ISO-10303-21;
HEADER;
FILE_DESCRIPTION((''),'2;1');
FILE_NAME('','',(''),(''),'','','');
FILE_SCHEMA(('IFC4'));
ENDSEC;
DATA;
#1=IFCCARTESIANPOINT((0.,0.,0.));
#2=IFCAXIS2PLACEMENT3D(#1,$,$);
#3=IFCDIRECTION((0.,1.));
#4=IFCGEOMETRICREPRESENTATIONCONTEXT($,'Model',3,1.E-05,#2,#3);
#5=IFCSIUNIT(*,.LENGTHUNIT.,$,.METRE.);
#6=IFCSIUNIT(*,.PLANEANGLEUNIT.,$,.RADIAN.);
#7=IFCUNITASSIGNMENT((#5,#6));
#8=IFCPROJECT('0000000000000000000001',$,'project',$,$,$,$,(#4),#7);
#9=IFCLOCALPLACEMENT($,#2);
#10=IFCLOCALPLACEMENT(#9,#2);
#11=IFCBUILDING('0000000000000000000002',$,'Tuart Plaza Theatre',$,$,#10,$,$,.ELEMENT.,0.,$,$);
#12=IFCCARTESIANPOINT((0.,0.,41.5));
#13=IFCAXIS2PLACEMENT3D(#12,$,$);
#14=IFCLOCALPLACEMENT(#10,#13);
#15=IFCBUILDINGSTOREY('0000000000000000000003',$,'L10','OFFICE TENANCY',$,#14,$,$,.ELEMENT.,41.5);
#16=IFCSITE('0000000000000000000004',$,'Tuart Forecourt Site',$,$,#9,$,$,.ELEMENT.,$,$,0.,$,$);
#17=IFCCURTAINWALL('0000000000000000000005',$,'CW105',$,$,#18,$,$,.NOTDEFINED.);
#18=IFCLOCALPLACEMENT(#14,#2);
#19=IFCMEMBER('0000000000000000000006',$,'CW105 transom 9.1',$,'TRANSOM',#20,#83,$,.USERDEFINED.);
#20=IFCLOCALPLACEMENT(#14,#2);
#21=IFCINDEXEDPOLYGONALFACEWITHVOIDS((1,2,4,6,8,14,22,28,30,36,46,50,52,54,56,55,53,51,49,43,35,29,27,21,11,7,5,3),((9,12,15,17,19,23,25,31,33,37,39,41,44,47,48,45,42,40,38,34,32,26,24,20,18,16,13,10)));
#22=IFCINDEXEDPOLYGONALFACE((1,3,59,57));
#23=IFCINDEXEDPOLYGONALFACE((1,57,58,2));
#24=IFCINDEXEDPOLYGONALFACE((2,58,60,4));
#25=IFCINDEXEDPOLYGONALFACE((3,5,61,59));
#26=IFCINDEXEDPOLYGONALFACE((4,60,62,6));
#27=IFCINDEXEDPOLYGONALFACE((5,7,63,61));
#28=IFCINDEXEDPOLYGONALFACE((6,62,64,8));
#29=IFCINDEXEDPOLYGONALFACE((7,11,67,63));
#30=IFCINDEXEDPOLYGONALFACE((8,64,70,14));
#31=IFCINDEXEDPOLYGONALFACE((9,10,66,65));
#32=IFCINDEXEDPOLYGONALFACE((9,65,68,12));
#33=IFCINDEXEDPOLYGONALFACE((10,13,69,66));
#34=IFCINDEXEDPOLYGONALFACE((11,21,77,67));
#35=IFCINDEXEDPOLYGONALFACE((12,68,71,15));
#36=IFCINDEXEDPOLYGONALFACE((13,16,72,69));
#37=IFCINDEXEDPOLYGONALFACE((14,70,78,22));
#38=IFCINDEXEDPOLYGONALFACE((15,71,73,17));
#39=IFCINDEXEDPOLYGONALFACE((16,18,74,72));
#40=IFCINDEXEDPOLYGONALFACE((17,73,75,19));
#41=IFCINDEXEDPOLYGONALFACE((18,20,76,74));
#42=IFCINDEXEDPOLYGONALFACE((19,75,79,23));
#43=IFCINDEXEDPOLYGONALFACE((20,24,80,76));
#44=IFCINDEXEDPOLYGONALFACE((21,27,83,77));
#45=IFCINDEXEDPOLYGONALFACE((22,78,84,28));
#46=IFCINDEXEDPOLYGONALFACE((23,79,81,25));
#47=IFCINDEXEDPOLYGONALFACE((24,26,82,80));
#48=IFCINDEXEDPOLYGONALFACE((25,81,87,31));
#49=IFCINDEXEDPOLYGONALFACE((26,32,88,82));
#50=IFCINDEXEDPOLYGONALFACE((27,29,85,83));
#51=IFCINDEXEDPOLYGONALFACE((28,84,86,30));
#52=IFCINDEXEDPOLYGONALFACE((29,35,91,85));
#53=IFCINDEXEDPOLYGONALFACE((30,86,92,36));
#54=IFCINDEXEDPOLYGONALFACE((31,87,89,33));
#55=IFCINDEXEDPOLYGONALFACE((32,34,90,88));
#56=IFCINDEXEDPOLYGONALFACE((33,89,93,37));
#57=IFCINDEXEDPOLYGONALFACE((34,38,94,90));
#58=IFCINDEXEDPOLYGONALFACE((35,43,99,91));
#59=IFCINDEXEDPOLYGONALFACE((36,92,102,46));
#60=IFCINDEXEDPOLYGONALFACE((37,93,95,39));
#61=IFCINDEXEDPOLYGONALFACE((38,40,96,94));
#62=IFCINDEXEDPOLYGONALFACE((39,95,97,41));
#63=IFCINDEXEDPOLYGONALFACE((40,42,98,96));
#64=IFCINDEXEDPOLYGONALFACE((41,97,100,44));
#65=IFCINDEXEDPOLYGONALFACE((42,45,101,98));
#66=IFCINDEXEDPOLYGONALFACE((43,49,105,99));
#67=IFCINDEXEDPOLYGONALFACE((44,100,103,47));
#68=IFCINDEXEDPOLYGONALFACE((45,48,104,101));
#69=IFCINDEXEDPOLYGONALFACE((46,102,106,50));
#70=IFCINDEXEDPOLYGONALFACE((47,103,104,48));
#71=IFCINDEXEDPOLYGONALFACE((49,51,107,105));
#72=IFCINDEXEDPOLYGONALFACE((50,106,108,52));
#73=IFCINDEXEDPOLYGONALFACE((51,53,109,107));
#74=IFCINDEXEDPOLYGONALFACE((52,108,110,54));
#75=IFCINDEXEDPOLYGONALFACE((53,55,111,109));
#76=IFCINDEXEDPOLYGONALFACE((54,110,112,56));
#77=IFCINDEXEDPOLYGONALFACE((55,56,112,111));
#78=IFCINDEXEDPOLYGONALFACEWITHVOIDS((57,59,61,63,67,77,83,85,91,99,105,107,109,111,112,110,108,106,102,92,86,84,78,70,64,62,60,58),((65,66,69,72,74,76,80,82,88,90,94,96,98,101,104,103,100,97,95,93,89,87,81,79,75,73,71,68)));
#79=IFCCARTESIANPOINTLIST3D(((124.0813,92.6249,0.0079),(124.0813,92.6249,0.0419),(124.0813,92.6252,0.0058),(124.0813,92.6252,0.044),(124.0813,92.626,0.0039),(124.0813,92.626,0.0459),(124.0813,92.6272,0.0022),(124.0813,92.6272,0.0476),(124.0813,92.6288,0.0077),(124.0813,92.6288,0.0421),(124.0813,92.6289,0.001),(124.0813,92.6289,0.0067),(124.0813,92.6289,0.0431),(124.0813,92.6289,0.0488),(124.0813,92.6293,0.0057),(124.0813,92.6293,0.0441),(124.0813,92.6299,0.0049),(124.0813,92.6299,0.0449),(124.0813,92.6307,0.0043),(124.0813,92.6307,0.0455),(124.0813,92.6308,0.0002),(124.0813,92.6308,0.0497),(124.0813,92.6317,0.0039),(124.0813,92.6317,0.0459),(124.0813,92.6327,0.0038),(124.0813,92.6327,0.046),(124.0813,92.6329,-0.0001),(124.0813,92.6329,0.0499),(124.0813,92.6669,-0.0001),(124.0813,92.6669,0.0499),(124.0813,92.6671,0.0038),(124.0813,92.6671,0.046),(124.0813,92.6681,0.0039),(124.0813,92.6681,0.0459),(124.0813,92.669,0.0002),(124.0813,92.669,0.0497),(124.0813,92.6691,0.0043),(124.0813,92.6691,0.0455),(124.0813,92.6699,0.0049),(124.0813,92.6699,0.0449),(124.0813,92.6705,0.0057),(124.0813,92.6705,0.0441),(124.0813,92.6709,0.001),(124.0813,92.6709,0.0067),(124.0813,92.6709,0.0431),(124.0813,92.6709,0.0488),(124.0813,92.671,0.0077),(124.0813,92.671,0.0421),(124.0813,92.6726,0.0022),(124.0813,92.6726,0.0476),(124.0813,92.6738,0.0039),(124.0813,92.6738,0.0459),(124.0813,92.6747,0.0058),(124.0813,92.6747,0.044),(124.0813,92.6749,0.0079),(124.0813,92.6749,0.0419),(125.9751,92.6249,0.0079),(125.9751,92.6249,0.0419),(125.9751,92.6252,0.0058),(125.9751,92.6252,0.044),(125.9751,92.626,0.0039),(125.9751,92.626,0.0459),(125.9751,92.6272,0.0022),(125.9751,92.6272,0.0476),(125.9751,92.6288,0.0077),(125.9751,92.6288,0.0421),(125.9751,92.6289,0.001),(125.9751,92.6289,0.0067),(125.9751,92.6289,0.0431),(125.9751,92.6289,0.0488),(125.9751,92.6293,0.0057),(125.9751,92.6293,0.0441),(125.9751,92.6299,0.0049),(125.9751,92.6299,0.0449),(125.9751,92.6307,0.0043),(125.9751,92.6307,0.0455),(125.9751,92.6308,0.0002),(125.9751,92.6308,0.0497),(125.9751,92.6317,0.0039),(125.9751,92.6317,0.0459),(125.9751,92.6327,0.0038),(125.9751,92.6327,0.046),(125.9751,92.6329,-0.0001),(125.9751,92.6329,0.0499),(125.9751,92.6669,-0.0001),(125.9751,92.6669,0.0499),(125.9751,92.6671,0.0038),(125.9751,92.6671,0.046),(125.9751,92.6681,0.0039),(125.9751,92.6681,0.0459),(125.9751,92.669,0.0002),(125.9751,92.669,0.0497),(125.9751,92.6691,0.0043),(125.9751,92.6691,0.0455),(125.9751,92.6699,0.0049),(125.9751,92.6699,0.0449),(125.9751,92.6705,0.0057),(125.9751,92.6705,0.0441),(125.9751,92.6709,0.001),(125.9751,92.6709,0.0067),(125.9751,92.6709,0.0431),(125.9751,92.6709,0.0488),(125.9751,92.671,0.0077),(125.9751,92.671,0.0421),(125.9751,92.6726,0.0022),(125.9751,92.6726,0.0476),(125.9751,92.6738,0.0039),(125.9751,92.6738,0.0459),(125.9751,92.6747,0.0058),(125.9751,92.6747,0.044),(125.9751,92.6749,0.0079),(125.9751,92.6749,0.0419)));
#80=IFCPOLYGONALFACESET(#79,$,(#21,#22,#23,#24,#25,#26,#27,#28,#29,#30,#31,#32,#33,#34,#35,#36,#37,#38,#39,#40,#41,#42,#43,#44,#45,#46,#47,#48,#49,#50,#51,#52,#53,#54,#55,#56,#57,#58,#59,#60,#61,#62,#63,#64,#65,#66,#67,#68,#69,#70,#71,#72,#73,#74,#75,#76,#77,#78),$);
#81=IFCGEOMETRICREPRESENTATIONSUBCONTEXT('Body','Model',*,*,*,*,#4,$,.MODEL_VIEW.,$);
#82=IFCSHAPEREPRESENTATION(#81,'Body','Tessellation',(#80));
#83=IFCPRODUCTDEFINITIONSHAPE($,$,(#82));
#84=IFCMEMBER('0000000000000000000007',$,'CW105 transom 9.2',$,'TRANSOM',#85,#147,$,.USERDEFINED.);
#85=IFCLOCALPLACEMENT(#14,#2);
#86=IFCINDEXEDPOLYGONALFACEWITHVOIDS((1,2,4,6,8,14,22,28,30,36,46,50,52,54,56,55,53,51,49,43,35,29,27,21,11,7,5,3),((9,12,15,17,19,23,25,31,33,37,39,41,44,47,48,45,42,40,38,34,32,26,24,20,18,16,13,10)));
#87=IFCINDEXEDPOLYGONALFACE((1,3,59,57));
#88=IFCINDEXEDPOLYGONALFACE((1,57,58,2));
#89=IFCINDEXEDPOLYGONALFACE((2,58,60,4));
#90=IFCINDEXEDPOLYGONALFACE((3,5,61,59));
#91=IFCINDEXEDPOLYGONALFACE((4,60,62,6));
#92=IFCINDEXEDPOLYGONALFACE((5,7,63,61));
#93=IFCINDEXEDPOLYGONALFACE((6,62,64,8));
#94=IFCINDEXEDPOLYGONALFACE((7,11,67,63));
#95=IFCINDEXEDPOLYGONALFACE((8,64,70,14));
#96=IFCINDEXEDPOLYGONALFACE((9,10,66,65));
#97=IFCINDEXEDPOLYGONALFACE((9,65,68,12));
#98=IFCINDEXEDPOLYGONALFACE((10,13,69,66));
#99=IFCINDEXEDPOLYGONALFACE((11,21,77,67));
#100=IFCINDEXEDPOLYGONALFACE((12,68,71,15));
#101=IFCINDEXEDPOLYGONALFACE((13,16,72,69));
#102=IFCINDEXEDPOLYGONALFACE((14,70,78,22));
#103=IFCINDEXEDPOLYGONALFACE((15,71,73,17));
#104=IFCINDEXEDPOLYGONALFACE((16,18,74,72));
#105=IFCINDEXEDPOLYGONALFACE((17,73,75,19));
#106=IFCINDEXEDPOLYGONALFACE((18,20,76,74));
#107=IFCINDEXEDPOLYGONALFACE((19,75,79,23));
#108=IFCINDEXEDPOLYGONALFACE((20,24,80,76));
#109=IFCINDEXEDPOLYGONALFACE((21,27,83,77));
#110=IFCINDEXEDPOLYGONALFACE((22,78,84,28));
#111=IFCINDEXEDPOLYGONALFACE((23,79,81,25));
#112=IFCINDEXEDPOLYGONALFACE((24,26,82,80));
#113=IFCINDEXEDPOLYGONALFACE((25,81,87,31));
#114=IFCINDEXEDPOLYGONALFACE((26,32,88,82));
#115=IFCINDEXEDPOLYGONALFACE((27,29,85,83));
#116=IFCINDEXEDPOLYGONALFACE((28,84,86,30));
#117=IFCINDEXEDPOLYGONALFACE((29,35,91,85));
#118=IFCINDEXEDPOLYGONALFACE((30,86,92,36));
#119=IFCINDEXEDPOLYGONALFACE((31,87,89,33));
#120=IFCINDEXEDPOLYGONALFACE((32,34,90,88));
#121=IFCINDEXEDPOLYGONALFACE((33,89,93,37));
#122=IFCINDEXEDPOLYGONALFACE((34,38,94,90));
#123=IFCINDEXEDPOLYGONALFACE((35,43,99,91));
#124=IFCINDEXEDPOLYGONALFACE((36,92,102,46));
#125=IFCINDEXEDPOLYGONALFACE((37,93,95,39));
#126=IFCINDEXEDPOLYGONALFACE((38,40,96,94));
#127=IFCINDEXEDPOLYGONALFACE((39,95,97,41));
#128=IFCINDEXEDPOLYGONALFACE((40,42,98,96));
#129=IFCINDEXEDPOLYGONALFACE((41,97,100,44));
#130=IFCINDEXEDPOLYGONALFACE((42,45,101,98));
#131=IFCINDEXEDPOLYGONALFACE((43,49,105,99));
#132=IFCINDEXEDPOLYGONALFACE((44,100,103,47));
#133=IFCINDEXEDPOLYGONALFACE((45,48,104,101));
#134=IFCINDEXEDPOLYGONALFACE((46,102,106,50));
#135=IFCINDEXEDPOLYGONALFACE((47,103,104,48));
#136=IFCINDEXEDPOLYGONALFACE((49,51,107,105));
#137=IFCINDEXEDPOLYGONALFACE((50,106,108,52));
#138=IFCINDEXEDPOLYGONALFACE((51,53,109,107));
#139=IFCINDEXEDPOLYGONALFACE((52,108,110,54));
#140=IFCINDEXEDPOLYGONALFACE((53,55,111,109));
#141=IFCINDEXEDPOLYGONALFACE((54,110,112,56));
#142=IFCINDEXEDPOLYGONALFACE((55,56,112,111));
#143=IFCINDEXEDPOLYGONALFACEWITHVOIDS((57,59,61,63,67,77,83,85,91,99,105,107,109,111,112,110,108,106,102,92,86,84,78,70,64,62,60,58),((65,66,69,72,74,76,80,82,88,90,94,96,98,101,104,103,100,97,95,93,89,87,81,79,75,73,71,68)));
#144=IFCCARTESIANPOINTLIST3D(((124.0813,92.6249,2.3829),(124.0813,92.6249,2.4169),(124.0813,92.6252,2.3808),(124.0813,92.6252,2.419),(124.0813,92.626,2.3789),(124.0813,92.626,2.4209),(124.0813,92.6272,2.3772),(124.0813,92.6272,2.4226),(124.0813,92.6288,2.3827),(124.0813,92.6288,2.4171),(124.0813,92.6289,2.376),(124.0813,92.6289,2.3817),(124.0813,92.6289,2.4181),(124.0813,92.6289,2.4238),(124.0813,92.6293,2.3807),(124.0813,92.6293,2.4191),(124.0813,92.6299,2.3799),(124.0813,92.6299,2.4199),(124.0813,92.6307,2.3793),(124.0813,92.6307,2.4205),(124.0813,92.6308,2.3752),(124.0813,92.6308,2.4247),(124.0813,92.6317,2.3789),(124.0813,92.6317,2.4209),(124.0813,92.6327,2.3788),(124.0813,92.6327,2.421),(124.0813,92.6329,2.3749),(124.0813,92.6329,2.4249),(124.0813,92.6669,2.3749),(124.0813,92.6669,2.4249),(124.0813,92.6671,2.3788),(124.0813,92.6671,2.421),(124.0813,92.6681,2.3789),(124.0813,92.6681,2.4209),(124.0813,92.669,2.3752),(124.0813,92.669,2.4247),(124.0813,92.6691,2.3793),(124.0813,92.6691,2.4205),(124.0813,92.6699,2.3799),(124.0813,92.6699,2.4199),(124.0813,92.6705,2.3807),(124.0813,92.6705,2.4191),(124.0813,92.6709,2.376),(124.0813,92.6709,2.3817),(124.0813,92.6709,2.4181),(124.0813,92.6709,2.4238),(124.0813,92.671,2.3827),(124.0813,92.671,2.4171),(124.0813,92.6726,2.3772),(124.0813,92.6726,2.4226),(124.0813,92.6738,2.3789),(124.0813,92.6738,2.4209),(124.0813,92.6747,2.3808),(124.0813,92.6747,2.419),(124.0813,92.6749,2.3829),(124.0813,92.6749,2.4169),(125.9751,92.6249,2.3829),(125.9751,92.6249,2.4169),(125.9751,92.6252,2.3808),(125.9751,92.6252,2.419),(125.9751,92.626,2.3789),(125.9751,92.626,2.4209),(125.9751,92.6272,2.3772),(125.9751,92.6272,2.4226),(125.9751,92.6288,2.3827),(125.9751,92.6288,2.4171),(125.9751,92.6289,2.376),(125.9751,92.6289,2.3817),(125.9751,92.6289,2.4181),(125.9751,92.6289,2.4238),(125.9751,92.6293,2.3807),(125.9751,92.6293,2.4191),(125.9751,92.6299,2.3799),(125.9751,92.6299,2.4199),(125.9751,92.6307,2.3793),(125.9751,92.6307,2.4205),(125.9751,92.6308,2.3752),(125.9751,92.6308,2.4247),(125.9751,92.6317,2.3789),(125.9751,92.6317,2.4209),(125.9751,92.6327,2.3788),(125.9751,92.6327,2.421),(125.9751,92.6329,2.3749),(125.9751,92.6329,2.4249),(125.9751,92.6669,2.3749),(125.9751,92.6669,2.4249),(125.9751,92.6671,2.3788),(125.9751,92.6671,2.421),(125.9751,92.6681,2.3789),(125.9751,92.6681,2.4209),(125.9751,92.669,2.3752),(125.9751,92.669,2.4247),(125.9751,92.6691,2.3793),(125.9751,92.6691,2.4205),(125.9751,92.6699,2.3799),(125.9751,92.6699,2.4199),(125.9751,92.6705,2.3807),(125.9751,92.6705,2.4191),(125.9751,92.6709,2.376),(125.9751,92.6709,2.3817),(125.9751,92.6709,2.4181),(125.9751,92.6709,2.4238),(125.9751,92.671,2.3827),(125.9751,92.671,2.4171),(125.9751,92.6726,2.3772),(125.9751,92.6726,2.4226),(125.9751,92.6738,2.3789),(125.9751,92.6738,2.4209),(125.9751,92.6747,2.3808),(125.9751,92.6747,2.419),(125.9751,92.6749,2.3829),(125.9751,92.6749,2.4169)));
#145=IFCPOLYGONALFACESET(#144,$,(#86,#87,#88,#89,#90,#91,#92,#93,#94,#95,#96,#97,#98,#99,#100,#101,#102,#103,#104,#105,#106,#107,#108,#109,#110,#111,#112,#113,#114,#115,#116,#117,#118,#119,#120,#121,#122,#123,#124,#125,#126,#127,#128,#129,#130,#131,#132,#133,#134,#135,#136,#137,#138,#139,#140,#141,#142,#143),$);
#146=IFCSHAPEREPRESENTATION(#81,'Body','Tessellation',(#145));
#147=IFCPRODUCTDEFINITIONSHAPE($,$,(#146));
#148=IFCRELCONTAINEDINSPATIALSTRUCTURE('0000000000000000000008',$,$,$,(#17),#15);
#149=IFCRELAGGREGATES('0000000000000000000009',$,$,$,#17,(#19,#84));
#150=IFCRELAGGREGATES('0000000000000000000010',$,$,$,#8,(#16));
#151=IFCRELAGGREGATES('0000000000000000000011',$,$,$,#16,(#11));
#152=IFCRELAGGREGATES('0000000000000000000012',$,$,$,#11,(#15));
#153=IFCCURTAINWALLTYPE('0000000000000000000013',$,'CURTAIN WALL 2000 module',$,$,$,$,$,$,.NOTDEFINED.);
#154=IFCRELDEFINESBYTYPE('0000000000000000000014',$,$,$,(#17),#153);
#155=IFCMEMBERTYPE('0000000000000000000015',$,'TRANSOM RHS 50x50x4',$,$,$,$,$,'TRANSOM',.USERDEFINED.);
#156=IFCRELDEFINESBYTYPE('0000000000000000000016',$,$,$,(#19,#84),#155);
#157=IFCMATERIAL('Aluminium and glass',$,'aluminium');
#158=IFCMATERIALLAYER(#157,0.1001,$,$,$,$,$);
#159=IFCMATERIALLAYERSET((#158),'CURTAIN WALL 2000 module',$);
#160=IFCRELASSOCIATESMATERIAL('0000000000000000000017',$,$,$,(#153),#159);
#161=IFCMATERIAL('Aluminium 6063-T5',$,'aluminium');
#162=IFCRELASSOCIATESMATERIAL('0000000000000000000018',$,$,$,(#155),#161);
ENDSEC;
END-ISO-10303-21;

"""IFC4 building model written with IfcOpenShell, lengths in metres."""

from ifc_helpers import new_model, si_unit, direction, frame, origin, origin_2d, place, context, subcontext, project, spatial, hollow_rectangle, extrude, material, layer, layer_set, material_profile, profile_set, type_object, element, aggregate, save


model = new_model("IFC4")

# Units and contexts
model_context = context("Model", 3, precision=1e-05, world=origin(), true_north=direction((0.0, 1.0)))
body_context = subcontext(model_context, "Body", "Model", "MODEL_VIEW")
ifc_project = project(units=[si_unit("LENGTHUNIT", "METRE"), si_unit("PLANEANGLEUNIT", "RADIAN")], contexts=[model_context])

# Site, building, storey
site_placement = place(None, origin())
site = spatial("IfcSite", under=ifc_project, at=site_placement, Name="Tuart Forecourt Site", CompositionType="ELEMENT", RefElevation=0.0)
building_placement = place(site_placement, origin())
building = spatial("IfcBuilding", under=site, at=building_placement, Name="Tuart Plaza Theatre", CompositionType="ELEMENT", ElevationOfRefHeight=0.0)
storey_placement = place(building_placement, frame((0.0, 0.0, 41.5)))
storey = spatial("IfcBuildingStorey", under=building, at=storey_placement, Name="L10", Description="OFFICE TENANCY", CompositionType="ELEMENT", Elevation=41.5)

# Curtain wall, members
ifc_material_1 = material(Name="Aluminium and glass", Category="aluminium")
ifc_layer_1 = layer(ifc_material_1, 0.1001)
ifc_layer_set_1 = layer_set([ifc_layer_1], Name="CURTAIN WALL 2000 module")
curtain_wall_type = type_object("IfcCurtainWallType", Name="CURTAIN WALL 2000 module", PredefinedType="NOTDEFINED", material=ifc_layer_set_1)
curtain_wall_placement = place(storey_placement, origin())
curtain_wall = element("IfcCurtainWall", 1, at=curtain_wall_placement, inside=storey, type_object=curtain_wall_type, Name="CW105", PredefinedType="NOTDEFINED")
ifc_material_2 = material(Name="Aluminium 6063-T5", Category="aluminium")
ifc_material_profile_1 = material_profile(ifc_material_2, hollow_rectangle(XDim=0.05, YDim=0.05, WallThickness=0.0039, InnerFilletRadius=0.0039, OuterFilletRadius=0.0081, at=origin_2d()), Name="RHS 50x50x4")
ifc_profile_set_1 = profile_set([ifc_material_profile_1], Name="Aluminium 6063-T5")
member_type_1 = type_object("IfcMemberType", Name="TRANSOM RHS 50x50x4", ElementType="TRANSOM", PredefinedType="USERDEFINED", material=ifc_profile_set_1)
member_1_placement = place(storey_placement, frame((125.9751, 92.6499, 0.0249), z_axis=(-1.0, 0.0, 0.0), x_axis=(0.0, -1.0, 0.0)))
member_1 = element("IfcMember", 2, at=member_1_placement, type_object=member_type_1, Name="CW105 transom 9.1", ObjectType="TRANSOM", PredefinedType="USERDEFINED", context=body_context, shape_type="SweptSolid", body=[
    extrude(hollow_rectangle(XDim=0.05, YDim=0.05, WallThickness=0.0039, InnerFilletRadius=0.0039, OuterFilletRadius=0.0081, at=origin_2d()), origin(), (0.0, 0.0, 1.0), 1.8938),
])
member_2_placement = place(storey_placement, frame((125.9751, 92.6499, 2.3999), z_axis=(-1.0, 0.0, 0.0), x_axis=(0.0, -1.0, 0.0)))
member_2 = element("IfcMember", 3, at=member_2_placement, type_object=member_type_1, Name="CW105 transom 9.2", ObjectType="TRANSOM", PredefinedType="USERDEFINED", context=body_context, shape_type="SweptSolid", body=[
    extrude(hollow_rectangle(XDim=0.05, YDim=0.05, WallThickness=0.0039, InnerFilletRadius=0.0039, OuterFilletRadius=0.0081, at=origin_2d()), origin(), (0.0, 0.0, 1.0), 1.8938),
])
aggregate(curtain_wall, [member_1, member_2])

save(model, "model.ifc")
